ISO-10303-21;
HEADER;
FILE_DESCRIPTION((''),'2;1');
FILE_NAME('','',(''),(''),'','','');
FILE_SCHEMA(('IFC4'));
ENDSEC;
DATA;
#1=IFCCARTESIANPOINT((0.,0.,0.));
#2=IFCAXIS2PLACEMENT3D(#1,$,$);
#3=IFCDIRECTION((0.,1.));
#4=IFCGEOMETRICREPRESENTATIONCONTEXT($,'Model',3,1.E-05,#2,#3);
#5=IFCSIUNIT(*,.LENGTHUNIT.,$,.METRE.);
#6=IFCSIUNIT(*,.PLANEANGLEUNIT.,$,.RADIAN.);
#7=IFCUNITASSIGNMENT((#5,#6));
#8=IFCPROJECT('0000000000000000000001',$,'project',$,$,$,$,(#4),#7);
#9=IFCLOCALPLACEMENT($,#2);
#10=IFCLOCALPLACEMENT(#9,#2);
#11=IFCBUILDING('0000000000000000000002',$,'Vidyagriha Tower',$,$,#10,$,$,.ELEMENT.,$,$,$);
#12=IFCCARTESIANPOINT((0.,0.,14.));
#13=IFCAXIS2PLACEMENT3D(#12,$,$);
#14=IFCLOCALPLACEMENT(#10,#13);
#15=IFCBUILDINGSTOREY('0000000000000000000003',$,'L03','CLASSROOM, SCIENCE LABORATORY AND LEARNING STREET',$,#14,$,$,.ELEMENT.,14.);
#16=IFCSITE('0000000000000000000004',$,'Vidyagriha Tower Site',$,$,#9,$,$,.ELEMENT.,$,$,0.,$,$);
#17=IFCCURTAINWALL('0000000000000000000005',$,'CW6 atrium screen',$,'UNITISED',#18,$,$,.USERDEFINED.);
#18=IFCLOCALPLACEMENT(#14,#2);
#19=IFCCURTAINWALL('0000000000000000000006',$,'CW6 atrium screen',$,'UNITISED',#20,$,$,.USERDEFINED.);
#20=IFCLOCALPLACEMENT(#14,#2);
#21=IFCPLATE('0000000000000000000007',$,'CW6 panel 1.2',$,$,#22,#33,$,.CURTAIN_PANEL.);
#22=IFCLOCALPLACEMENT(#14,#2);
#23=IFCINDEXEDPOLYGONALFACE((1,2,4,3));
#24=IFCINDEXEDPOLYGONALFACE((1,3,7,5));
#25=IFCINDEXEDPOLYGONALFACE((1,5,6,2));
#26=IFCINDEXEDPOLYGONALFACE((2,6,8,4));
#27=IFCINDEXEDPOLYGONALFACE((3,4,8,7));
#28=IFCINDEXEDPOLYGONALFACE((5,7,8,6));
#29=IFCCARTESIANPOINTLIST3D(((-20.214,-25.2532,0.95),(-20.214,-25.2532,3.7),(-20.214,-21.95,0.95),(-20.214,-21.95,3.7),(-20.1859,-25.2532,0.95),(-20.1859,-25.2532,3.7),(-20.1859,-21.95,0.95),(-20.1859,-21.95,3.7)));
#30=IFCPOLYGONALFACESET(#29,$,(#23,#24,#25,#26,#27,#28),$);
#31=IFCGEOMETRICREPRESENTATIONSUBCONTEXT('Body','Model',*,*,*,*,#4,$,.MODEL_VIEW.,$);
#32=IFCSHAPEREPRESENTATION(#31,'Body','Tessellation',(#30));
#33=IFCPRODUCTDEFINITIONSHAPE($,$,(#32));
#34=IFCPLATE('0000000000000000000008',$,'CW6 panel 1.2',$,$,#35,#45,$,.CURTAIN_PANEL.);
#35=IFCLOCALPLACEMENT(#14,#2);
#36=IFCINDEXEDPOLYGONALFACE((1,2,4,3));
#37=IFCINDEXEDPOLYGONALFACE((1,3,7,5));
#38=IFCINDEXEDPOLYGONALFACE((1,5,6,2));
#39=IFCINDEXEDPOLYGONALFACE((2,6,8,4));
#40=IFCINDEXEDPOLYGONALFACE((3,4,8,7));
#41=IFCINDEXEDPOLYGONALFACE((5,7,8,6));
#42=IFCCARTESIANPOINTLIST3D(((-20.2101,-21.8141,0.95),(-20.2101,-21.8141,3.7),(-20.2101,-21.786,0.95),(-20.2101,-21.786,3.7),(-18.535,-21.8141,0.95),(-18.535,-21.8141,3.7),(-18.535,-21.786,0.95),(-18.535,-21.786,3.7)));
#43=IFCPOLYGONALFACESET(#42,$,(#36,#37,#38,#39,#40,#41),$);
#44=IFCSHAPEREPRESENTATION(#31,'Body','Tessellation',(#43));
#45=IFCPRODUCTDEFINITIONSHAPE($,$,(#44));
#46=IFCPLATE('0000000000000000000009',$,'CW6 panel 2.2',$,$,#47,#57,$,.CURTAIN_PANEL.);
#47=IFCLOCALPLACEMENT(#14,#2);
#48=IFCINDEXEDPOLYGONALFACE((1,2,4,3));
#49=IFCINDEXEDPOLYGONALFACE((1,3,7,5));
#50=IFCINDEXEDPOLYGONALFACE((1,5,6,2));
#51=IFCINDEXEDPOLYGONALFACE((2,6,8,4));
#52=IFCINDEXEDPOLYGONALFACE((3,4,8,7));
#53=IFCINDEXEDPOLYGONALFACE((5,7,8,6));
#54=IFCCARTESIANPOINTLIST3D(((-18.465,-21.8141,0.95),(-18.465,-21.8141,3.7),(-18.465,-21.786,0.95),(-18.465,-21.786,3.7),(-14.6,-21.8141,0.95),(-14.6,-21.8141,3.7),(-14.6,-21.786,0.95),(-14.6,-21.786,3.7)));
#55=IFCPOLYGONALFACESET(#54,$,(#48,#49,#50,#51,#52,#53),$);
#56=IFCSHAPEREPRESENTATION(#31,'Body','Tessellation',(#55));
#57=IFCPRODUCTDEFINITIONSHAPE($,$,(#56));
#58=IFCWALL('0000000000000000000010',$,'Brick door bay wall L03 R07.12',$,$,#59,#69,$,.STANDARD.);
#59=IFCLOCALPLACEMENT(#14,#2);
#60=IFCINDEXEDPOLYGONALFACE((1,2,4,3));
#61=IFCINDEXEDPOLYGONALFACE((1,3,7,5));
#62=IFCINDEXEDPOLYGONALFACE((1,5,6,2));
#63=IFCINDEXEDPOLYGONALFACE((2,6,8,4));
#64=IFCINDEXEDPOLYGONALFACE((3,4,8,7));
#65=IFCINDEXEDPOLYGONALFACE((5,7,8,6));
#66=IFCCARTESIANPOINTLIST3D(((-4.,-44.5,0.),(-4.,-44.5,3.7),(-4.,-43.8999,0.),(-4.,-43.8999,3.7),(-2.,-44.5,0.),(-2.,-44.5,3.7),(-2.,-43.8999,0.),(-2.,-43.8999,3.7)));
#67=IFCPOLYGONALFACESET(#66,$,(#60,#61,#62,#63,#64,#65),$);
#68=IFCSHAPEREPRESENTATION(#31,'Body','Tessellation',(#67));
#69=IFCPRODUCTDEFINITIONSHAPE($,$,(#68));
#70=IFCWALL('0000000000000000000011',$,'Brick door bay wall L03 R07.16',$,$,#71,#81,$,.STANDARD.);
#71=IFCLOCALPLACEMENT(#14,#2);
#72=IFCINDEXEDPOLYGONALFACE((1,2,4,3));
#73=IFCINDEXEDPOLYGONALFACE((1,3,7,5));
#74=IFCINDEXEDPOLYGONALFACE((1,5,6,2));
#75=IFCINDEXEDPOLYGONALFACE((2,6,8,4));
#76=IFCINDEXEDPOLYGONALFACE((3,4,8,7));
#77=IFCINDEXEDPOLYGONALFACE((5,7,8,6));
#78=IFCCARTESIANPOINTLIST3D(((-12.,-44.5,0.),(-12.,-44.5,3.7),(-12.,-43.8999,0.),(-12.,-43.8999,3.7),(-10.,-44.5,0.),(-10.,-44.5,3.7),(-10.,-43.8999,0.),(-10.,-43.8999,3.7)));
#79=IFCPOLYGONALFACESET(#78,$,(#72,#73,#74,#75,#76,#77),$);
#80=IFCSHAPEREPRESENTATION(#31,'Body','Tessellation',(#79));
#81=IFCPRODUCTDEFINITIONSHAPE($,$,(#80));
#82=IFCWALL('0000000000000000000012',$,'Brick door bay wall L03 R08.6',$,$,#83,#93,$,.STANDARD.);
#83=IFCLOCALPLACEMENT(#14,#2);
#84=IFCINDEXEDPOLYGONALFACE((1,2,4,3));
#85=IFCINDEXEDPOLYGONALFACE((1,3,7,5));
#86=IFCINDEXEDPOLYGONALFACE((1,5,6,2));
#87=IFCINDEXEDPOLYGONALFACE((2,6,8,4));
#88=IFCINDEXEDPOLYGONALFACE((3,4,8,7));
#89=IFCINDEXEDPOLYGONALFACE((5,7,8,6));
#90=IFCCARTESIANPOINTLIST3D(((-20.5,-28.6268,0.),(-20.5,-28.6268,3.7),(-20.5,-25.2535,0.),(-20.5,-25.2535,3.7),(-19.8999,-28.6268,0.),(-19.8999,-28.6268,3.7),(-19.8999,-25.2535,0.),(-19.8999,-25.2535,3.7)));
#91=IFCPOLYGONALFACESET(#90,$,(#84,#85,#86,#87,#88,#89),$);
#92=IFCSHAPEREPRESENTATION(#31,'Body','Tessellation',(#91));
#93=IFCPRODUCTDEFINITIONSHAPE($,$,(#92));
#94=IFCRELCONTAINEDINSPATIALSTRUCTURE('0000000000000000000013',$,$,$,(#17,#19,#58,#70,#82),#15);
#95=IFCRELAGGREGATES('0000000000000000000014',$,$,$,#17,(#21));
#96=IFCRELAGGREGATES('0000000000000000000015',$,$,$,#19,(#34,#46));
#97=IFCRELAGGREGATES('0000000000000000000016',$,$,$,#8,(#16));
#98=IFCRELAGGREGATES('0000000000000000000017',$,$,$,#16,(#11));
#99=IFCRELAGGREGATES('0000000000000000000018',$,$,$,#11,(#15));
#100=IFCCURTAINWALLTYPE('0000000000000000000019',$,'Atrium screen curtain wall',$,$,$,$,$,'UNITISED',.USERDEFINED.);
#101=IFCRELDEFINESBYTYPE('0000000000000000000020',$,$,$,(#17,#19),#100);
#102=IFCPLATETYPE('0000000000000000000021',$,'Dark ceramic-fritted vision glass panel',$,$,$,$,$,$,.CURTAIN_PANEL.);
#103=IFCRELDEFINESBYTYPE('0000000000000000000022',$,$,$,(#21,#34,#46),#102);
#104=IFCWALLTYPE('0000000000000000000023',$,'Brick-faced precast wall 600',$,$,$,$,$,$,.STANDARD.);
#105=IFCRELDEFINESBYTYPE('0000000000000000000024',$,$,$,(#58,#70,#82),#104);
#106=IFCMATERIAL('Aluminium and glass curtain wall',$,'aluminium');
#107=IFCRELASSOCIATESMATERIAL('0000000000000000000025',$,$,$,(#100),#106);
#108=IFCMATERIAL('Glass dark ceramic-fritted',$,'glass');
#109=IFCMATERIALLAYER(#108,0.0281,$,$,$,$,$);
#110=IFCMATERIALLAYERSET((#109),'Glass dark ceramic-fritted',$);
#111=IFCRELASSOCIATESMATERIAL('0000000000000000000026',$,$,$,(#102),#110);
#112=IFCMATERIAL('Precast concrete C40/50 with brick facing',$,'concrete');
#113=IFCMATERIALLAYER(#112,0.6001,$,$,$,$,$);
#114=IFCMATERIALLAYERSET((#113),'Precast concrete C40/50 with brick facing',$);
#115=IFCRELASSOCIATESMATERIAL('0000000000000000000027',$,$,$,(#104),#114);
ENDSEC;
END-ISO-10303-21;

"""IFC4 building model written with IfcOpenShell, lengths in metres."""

from ifc_helpers import new_model, si_unit, direction, frame, frame_2d, origin, origin_2d, place, context, subcontext, project, spatial, rectangle, extrude, material, layer, layer_set, type_object, element, aggregate, save


model = new_model("IFC4")

# Units and contexts
model_context = context("Model", 3, precision=1e-05, world=origin(), true_north=direction((0.0, 1.0)))
body_context = subcontext(model_context, "Body", "Model", "MODEL_VIEW")
ifc_project = project(units=[si_unit("LENGTHUNIT", "METRE"), si_unit("PLANEANGLEUNIT", "RADIAN")], contexts=[model_context])

# Site, building, storey
site_placement = place(None, origin())
site = spatial("IfcSite", under=ifc_project, at=site_placement, Name="Vidyagriha Tower Site", CompositionType="ELEMENT", RefElevation=0.0)
building_placement = place(site_placement, origin())
building = spatial("IfcBuilding", under=site, at=building_placement, Name="Vidyagriha Tower", CompositionType="ELEMENT")
storey_placement = place(building_placement, frame((0.0, 0.0, 14.0)))
storey = spatial("IfcBuildingStorey", under=building, at=storey_placement, Name="L03", Description="CLASSROOM, SCIENCE LABORATORY AND LEARNING STREET", CompositionType="ELEMENT", Elevation=14.0)

# Curtain wall
ifc_material_1 = material(Name="Aluminium and glass curtain wall", Category="aluminium")
curtain_wall_type = type_object("IfcCurtainWallType", Name="Atrium screen curtain wall", ElementType="UNITISED", PredefinedType="USERDEFINED", material=ifc_material_1)
curtain_wall_1_placement = place(storey_placement, origin())
curtain_wall_1 = element("IfcCurtainWall", 1, at=curtain_wall_1_placement, inside=storey, type_object=curtain_wall_type, Name="CW6 atrium screen", ObjectType="UNITISED", PredefinedType="USERDEFINED")

# Curtain wall
curtain_wall_2_placement = place(storey_placement, origin())
curtain_wall_2 = element("IfcCurtainWall", 2, at=curtain_wall_2_placement, inside=storey, type_object=curtain_wall_type, Name="CW6 atrium screen", ObjectType="UNITISED", PredefinedType="USERDEFINED")

# Plates
ifc_material_2 = material(Name="Glass dark ceramic-fritted", Category="glass")
ifc_layer_1 = layer(ifc_material_2, 0.0281)
ifc_layer_set_1 = layer_set([ifc_layer_1], Name="Glass dark ceramic-fritted")
plate_type_1 = type_object("IfcPlateType", Name="Dark ceramic-fritted vision glass panel", PredefinedType="CURTAIN_PANEL", material=ifc_layer_set_1)
plate_1_placement = place(storey_placement, frame((-20.2, -23.6016, 0.95), z_axis=(0.0, 0.0, 1.0), x_axis=(0.0, 1.0, 0.0)))
plate_1 = element("IfcPlate", 3, at=plate_1_placement, type_object=plate_type_1, Name="CW6 panel 1.2", PredefinedType="CURTAIN_PANEL", context=body_context, shape_type="SweptSolid", body=[
    extrude(rectangle(XDim=3.3032, YDim=0.0281, at=origin_2d()), origin(), (0.0, 0.0, 1.0), 2.75),
])
aggregate(curtain_wall_1, [plate_1])
plate_2_placement = place(storey_placement, frame((-19.3726, -21.8, 0.95)))
plate_2 = element("IfcPlate", 4, at=plate_2_placement, type_object=plate_type_1, Name="CW6 panel 1.2", PredefinedType="CURTAIN_PANEL", context=body_context, shape_type="SweptSolid", body=[
    extrude(rectangle(XDim=1.675, YDim=0.0281, at=origin_2d()), origin(), (0.0, 0.0, 1.0), 2.75),
])
plate_3_placement = place(storey_placement, frame((-16.5325, -21.8, 0.95)))
plate_3 = element("IfcPlate", 5, at=plate_3_placement, type_object=plate_type_1, Name="CW6 panel 2.2", PredefinedType="CURTAIN_PANEL", context=body_context, shape_type="SweptSolid", body=[
    extrude(rectangle(XDim=3.865, YDim=0.0281, at=origin_2d()), origin(), (0.0, 0.0, 1.0), 2.75),
])
aggregate(curtain_wall_2, [plate_2, plate_3])

# Walls
ifc_material_3 = material(Name="Precast concrete C40/50 with brick facing", Category="concrete")
ifc_layer_2 = layer(ifc_material_3, 0.6001)
ifc_layer_set_2 = layer_set([ifc_layer_2], Name="Precast concrete C40/50 with brick facing")
wall_type = type_object("IfcWallType", Name="Brick-faced precast wall 600", PredefinedType="STANDARD", material=ifc_layer_set_2)
for number, where, z_axis, x_axis, name in (
    (6, (-2.0, -44.2, 0.0), (0.0, 0.0, 1.0), (-1.0, 0.0, 0.0), "Brick door bay wall L03 R07.12"),
    (7, (-10.0, -44.2, 0.0), (0.0, 0.0, 1.0), (-1.0, 0.0, 0.0), "Brick door bay wall L03 R07.16"),
):
    element("IfcWall", number, at=place(storey_placement, frame(where, z_axis=z_axis, x_axis=x_axis)), inside=storey, type_object=wall_type, Name=name, PredefinedType="STANDARD", context=body_context, shape_type="SweptSolid", body=[
        extrude(rectangle(XDim=2.0, YDim=0.6001, at=frame_2d((1.0, 0.0))), origin(), (0.0, 0.0, 1.0), 3.7),
    ])
wall_placement = place(storey_placement, frame((-20.2, -28.6267, 0.0), z_axis=(0.0, 0.0, 1.0), x_axis=(0.0, 1.0, 0.0)))
element("IfcWall", 8, at=wall_placement, inside=storey, type_object=wall_type, Name="Brick door bay wall L03 R08.6", PredefinedType="STANDARD", context=body_context, shape_type="SweptSolid", body=[
    extrude(rectangle(XDim=3.3733, YDim=0.6001, at=frame_2d((1.6865, 0.0))), origin(), (0.0, 0.0, 1.0), 3.7),
])

save(model, "model.ifc")
